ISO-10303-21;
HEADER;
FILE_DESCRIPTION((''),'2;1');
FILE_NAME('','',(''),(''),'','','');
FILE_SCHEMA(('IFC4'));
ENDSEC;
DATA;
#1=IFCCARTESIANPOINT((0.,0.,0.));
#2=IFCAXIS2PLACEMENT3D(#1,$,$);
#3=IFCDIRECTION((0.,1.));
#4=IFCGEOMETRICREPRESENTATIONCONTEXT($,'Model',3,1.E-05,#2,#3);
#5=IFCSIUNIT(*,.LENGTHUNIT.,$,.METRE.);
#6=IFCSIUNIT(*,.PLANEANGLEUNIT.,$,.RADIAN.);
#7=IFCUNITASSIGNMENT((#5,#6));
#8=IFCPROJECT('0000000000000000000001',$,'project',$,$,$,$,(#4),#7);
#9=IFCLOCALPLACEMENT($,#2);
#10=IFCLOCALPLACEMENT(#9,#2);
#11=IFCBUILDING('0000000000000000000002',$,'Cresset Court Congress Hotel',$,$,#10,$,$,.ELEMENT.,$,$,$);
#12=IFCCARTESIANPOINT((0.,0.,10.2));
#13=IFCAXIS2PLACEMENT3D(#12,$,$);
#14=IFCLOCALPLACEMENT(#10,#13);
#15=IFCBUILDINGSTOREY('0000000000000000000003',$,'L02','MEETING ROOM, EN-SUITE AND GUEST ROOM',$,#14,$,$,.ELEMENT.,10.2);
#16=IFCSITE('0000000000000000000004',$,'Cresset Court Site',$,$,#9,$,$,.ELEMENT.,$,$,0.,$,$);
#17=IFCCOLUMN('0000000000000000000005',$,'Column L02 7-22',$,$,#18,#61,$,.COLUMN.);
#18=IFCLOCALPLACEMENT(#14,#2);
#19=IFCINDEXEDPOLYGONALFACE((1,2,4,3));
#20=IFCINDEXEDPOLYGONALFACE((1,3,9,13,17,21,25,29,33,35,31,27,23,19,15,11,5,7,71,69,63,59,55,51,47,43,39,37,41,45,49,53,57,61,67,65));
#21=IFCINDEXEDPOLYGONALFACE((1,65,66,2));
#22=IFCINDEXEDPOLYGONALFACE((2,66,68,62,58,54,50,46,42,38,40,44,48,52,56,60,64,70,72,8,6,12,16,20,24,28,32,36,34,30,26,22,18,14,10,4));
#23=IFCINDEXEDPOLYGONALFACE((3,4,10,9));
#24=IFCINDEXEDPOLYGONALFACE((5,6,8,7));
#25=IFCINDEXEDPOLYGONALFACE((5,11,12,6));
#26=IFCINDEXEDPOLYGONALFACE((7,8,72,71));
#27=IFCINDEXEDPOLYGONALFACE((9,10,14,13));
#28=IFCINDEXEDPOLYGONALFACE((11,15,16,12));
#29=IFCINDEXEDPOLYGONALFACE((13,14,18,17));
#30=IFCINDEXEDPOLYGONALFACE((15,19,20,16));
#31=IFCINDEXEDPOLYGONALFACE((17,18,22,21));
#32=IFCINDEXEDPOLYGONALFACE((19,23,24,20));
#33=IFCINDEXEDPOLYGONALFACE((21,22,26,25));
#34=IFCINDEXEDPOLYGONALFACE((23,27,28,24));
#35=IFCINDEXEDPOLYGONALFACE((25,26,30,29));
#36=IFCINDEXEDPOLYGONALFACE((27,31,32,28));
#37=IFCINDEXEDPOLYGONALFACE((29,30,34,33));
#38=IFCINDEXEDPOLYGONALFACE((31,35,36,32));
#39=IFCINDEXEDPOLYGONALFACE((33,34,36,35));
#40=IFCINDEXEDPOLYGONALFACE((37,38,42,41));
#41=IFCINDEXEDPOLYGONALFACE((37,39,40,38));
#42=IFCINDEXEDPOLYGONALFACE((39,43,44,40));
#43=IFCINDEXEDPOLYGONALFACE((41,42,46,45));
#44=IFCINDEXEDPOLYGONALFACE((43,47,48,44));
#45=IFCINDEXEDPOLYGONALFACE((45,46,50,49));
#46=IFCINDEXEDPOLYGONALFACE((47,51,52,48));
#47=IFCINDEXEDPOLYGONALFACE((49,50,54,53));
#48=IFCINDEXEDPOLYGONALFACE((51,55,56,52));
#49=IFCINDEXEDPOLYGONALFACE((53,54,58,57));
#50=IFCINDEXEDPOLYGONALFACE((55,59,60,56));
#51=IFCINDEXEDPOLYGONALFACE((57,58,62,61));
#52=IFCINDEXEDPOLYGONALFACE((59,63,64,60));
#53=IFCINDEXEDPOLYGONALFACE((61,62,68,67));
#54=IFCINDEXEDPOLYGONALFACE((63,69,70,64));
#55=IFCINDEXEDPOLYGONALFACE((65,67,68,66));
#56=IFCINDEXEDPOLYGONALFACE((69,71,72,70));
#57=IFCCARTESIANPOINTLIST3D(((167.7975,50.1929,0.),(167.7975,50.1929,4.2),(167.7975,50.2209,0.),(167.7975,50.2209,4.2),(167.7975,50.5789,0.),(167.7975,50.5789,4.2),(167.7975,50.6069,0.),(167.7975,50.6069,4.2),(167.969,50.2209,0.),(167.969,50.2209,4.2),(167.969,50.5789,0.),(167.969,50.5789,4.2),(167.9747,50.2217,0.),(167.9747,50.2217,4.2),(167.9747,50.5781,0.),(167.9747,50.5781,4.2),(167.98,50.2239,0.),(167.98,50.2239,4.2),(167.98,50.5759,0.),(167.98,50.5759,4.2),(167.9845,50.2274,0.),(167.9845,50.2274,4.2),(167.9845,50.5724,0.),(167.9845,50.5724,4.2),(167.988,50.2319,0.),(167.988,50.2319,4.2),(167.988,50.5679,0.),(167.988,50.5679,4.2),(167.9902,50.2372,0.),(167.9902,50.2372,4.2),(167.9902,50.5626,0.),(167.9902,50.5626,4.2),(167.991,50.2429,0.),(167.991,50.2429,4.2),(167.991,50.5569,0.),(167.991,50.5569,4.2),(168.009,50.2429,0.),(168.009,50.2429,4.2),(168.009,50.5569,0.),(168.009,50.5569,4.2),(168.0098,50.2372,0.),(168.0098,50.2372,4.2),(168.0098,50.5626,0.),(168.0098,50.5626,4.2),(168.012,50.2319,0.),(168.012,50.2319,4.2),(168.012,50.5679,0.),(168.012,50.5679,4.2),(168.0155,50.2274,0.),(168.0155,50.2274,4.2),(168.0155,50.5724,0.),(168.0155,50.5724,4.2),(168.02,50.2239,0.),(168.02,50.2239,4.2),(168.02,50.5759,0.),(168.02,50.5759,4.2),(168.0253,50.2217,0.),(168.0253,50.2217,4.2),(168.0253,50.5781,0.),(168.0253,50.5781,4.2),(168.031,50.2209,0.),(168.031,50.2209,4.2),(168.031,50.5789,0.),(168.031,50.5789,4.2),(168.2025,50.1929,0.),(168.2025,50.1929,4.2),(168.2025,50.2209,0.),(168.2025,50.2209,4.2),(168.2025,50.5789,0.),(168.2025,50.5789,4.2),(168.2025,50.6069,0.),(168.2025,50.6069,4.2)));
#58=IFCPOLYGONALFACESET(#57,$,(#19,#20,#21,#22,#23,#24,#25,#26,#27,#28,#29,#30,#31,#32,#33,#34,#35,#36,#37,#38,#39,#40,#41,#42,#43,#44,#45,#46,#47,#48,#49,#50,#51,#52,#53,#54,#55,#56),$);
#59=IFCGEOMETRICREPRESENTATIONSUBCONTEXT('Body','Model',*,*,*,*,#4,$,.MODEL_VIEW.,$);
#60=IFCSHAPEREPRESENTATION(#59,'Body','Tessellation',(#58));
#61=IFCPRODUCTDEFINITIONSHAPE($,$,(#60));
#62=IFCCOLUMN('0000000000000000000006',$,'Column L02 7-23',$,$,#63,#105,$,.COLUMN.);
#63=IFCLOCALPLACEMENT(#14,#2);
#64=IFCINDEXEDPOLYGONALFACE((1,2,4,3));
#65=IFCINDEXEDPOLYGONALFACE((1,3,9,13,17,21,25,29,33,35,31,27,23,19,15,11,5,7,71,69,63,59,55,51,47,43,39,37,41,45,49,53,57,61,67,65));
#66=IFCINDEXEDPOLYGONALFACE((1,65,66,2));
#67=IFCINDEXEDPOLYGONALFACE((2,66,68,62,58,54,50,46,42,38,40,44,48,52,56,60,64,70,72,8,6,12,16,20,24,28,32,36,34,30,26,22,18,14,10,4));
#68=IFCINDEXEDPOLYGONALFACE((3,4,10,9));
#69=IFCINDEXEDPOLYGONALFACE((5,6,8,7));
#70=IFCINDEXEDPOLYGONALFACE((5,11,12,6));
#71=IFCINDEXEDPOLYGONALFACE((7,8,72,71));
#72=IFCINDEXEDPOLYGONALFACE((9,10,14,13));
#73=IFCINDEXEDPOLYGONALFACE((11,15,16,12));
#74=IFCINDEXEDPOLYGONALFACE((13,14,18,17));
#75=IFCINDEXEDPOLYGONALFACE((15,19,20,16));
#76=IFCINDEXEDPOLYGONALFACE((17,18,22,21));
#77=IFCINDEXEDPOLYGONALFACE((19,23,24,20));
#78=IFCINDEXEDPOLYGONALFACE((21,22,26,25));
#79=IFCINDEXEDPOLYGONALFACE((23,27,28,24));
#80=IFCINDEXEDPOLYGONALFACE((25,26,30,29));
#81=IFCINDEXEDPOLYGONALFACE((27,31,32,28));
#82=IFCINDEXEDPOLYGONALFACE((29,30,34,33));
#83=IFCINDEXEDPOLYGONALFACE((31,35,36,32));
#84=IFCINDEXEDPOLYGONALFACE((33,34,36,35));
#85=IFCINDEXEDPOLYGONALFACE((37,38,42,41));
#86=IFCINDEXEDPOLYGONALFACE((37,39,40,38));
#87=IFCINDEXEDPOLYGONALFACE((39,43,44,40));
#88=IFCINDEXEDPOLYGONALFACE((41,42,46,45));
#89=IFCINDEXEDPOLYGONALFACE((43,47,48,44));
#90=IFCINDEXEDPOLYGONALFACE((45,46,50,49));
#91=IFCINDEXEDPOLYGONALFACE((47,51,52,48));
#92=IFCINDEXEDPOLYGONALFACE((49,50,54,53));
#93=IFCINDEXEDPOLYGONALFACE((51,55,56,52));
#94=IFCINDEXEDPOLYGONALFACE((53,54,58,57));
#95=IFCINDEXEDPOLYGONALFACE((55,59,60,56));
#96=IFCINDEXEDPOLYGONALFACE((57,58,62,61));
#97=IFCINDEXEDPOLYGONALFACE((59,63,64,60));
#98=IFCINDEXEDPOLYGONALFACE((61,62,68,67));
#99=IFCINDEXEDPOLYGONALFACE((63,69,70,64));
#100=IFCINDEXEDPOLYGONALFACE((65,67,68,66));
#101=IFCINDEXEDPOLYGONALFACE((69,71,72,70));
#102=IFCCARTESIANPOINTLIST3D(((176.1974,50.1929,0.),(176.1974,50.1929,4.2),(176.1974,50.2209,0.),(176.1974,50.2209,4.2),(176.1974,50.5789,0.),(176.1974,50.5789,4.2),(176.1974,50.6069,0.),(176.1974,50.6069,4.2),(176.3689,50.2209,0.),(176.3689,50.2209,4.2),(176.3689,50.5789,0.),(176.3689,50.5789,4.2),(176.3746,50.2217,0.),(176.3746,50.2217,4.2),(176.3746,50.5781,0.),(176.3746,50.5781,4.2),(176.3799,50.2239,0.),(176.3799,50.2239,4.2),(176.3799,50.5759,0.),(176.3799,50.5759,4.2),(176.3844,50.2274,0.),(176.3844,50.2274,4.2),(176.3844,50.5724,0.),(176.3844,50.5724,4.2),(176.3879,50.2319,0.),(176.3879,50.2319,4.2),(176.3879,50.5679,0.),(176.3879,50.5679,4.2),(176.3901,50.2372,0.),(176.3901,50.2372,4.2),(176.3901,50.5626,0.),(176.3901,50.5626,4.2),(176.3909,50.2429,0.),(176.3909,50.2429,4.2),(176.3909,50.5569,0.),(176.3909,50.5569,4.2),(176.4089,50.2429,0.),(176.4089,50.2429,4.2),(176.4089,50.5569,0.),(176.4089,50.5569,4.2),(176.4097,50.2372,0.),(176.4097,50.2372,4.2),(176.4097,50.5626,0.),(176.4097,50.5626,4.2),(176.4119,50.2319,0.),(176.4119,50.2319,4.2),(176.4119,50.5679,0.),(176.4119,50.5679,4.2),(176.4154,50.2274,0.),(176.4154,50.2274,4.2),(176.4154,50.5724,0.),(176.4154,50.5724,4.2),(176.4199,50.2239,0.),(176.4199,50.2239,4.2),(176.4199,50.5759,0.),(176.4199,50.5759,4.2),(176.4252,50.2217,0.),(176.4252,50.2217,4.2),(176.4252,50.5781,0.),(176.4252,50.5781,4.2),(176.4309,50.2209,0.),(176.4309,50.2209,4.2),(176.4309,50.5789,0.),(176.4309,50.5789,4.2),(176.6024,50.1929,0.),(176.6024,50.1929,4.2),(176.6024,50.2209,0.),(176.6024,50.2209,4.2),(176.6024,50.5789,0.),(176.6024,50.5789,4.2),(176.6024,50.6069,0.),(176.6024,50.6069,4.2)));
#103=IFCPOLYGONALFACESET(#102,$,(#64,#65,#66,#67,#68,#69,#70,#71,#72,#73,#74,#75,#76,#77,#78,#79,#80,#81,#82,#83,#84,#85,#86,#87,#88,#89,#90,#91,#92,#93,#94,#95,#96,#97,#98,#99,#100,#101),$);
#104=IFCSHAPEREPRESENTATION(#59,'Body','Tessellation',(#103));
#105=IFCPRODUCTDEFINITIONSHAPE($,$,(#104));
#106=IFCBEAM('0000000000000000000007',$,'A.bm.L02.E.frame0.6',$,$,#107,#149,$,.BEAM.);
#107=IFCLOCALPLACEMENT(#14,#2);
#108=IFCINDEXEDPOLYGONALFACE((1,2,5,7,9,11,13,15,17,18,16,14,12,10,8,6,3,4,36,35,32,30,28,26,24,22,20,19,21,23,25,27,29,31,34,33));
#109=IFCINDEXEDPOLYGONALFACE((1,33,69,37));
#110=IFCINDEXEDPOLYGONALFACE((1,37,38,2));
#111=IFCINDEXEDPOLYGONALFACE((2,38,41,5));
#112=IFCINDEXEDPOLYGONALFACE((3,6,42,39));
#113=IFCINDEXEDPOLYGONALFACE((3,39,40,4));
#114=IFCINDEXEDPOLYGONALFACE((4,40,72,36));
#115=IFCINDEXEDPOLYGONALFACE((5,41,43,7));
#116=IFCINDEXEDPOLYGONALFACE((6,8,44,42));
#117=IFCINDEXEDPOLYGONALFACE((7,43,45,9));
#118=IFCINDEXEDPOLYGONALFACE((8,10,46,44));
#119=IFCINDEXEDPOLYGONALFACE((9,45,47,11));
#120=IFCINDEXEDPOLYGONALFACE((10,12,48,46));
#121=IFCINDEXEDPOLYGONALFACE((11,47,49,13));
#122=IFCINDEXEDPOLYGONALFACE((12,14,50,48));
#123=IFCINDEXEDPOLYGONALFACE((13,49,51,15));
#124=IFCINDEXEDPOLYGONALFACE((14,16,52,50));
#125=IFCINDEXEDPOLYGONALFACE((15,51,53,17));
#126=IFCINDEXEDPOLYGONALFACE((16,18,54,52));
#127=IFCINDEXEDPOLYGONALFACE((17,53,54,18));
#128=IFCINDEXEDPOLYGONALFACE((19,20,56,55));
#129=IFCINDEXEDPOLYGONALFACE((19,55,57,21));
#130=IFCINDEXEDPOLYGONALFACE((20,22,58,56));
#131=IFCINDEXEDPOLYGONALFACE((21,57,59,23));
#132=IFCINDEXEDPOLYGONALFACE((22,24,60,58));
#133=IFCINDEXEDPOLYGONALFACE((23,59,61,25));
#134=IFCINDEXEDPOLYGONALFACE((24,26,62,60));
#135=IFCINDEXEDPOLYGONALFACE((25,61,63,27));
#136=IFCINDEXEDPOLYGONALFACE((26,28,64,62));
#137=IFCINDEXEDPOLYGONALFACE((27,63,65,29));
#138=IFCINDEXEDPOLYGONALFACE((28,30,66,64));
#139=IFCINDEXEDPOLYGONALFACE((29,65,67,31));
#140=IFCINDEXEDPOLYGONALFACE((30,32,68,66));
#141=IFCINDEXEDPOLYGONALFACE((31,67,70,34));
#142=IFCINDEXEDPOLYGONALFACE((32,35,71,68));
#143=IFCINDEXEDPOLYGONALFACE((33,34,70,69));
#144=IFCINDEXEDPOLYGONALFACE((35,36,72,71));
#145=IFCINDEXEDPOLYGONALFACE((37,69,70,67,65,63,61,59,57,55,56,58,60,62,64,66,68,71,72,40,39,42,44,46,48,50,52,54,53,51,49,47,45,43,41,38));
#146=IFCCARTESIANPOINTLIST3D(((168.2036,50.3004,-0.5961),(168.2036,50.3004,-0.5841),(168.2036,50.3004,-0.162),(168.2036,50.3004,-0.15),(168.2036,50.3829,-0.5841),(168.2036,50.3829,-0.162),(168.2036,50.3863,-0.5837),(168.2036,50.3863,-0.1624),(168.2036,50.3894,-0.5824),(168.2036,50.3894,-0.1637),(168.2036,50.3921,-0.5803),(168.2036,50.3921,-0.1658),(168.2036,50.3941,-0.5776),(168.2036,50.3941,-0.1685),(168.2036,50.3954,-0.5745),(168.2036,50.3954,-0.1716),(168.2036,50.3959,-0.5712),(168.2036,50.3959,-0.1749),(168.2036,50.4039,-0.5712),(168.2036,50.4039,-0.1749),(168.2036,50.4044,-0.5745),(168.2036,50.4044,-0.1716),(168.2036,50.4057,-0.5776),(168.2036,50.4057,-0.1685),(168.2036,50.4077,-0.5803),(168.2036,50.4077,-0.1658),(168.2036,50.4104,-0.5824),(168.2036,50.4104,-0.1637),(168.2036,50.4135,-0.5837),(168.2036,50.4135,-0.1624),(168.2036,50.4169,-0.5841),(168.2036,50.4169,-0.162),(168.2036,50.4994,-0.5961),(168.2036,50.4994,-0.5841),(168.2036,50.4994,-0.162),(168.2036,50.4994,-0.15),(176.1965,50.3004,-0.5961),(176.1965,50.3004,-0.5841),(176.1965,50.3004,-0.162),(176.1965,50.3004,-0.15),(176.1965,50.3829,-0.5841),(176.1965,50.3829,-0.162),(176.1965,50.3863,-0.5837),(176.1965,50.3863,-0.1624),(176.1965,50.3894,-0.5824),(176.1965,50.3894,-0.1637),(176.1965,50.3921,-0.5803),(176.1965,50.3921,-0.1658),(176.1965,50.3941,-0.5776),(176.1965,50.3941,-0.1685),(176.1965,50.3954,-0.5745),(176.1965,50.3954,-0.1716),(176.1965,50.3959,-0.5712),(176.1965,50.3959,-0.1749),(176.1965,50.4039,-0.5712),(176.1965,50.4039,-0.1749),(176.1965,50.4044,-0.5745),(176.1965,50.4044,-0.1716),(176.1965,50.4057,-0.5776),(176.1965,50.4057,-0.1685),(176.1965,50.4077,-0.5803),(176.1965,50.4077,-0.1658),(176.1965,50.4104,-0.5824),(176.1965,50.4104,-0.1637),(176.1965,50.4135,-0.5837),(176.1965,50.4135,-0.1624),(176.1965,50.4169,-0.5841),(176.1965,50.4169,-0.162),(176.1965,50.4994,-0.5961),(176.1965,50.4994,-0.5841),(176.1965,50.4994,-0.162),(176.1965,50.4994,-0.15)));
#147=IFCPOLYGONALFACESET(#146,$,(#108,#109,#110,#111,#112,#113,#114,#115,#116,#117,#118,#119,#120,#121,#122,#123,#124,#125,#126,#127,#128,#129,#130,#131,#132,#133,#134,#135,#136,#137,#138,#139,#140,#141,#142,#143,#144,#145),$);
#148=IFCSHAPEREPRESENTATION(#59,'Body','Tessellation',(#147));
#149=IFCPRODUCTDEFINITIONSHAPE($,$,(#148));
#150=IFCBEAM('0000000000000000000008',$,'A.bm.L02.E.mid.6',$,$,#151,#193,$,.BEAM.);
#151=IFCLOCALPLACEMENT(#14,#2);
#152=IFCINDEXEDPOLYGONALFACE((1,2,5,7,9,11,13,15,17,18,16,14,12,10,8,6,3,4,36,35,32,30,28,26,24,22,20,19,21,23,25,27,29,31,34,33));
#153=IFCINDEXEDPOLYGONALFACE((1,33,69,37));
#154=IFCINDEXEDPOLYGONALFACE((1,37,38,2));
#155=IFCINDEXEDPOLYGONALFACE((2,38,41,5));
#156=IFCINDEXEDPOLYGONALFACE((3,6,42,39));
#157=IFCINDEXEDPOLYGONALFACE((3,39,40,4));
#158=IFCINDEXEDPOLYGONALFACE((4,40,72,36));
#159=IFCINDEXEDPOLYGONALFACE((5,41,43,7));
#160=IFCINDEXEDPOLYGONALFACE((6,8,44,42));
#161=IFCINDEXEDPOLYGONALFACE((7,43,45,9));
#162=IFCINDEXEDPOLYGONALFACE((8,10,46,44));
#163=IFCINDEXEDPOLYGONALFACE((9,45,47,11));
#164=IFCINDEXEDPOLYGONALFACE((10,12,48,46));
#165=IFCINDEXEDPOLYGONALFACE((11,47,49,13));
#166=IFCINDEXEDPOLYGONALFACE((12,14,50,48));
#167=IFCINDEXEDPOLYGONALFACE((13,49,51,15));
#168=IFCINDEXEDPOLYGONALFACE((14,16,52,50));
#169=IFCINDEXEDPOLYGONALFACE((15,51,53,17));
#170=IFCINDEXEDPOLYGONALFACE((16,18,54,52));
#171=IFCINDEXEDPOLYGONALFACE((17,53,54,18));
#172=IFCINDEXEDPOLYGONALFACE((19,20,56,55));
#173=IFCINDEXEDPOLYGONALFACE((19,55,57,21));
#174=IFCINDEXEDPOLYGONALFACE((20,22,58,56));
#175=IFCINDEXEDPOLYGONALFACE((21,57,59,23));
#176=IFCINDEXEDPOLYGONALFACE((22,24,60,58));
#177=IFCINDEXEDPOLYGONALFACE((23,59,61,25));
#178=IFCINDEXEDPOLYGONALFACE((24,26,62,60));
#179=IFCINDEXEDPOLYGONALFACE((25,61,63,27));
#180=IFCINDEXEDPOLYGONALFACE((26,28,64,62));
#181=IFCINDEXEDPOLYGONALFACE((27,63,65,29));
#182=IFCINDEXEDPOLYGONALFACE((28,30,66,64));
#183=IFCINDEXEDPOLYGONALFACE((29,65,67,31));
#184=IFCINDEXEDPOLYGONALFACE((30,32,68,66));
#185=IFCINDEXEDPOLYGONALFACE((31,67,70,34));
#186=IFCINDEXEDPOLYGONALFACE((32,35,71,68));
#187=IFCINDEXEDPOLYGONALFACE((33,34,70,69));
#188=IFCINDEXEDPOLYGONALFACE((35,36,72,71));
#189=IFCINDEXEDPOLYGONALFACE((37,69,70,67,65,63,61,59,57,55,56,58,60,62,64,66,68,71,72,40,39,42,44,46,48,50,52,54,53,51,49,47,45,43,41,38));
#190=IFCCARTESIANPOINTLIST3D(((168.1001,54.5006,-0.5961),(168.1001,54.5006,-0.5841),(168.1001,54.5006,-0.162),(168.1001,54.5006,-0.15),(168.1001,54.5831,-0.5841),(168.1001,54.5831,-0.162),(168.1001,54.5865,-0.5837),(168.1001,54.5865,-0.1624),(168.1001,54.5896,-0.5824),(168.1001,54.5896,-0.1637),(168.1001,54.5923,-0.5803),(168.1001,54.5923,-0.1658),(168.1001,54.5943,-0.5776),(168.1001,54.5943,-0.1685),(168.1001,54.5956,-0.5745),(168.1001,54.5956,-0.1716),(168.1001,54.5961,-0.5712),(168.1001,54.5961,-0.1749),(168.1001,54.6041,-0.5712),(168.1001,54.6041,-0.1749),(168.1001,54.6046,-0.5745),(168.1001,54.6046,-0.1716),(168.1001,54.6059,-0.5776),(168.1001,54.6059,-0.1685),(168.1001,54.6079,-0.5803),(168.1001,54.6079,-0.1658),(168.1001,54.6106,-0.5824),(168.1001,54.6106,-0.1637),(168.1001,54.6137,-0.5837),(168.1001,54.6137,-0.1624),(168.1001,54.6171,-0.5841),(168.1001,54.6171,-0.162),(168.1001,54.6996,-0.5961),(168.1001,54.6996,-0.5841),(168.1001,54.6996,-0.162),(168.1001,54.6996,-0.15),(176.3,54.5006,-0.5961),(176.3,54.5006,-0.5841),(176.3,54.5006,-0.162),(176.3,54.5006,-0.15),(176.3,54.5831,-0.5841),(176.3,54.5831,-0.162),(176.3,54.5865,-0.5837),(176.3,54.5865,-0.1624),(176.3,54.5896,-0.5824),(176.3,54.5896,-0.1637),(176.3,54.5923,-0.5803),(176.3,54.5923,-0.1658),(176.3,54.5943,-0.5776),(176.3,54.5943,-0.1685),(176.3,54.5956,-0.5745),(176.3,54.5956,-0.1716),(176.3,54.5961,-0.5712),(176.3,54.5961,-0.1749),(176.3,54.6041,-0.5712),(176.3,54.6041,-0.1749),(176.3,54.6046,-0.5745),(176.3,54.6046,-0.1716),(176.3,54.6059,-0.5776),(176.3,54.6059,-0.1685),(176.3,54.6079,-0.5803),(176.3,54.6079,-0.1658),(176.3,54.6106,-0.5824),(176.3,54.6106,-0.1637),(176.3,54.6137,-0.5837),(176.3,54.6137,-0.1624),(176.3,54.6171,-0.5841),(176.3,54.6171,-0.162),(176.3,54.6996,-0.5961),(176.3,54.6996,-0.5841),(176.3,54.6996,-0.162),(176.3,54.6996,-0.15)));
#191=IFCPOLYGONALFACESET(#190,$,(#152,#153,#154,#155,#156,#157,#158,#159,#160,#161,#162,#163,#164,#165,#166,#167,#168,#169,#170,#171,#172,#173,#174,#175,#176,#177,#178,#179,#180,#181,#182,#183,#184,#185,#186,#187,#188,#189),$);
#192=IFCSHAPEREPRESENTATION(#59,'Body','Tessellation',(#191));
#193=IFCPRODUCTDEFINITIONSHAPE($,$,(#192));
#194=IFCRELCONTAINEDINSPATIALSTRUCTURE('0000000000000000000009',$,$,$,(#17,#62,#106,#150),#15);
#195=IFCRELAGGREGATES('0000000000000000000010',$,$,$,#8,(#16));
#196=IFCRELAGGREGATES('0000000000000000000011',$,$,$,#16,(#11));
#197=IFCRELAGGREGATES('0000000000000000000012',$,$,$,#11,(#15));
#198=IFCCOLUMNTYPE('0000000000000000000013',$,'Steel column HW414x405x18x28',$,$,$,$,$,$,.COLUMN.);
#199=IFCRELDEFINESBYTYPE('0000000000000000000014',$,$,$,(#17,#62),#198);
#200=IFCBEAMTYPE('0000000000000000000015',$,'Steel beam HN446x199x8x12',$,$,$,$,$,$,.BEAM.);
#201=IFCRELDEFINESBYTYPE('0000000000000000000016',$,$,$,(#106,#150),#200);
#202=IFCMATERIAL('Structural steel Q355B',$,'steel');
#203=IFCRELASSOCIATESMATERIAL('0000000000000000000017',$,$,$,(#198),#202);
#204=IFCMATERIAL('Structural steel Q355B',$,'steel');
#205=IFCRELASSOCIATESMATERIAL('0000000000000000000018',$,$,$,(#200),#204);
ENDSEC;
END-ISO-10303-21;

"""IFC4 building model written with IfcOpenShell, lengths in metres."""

from ifc_helpers import new_model, si_unit, direction, frame, origin, origin_2d, place, context, subcontext, project, spatial, i_section, extrude, material, material_profile, profile_set, type_object, element, save


model = new_model("IFC4")

# Units and contexts
model_context = context("Model", 3, precision=1e-05, world=origin(), true_north=direction((0.0, 1.0)))
body_context = subcontext(model_context, "Body", "Model", "MODEL_VIEW")
ifc_project = project(units=[si_unit("LENGTHUNIT", "METRE"), si_unit("PLANEANGLEUNIT", "RADIAN")], contexts=[model_context])

# Site, building, storey
site_placement = place(None, origin())
site = spatial("IfcSite", under=ifc_project, at=site_placement, Name="Cresset Court Site", CompositionType="ELEMENT", RefElevation=0.0)
building_placement = place(site_placement, origin())
building = spatial("IfcBuilding", under=site, at=building_placement, Name="Cresset Court Congress Hotel", CompositionType="ELEMENT")
storey_placement = place(building_placement, frame((0.0, 0.0, 10.2)))
storey = spatial("IfcBuildingStorey", under=building, at=storey_placement, Name="L02", Description="MEETING ROOM, EN-SUITE AND GUEST ROOM", CompositionType="ELEMENT", Elevation=10.2)

# Columns
ifc_material_1 = material(Name="Structural steel Q355B", Category="steel")
ifc_material_profile_1 = material_profile(ifc_material_1, i_section(OverallWidth=0.405, OverallDepth=0.4141, WebThickness=0.0181, FlangeThickness=0.0281, FilletRadius=0.022, at=origin_2d()), Name="HW414x405x18x28")
ifc_profile_set_1 = profile_set([ifc_material_profile_1], Name="Structural steel Q355B")
column_type = type_object("IfcColumnType", Name="Steel column HW414x405x18x28", PredefinedType="COLUMN", material=ifc_profile_set_1)
for number, where, z_axis, x_axis, name in (
    (1, (168.0, 50.3999, 0.0), (0.0, 0.0, 1.0), (1.0, 0.0, 0.0), "Column L02 7-22"),
    (2, (176.3999, 50.3999, 0.0), (0.0, 0.0, 1.0), (1.0, 0.0, 0.0), "Column L02 7-23"),
):
    element("IfcColumn", number, at=place(storey_placement, frame(where, z_axis=z_axis, x_axis=x_axis)), inside=storey, type_object=column_type, Name=name, PredefinedType="COLUMN", context=body_context, shape_type="SweptSolid", body=[
        extrude(i_section(OverallWidth=0.405, OverallDepth=0.4141, WebThickness=0.0181, FlangeThickness=0.0281, FilletRadius=0.022, at=origin_2d()), origin(), (0.0, 0.0, 1.0), 4.2),
    ])

# Beams
ifc_material_2 = material(Name="Structural steel Q355B", Category="steel")
ifc_material_profile_2 = material_profile(ifc_material_2, i_section(OverallWidth=0.199, OverallDepth=0.446, WebThickness=0.0081, FlangeThickness=0.012, FilletRadius=0.0129, at=origin_2d()), Name="HN446x199x8x12")
ifc_profile_set_2 = profile_set([ifc_material_profile_2], Name="Structural steel Q355B")
beam_type_1 = type_object("IfcBeamType", Name="Steel beam HN446x199x8x12", PredefinedType="BEAM", material=ifc_profile_set_2)
beam_1_placement = place(storey_placement, frame((168.2036, 50.3999, -0.373), z_axis=(1.0, 0.0, 0.0), x_axis=(0.0, 1.0, 0.0)))
element("IfcBeam", 3, at=beam_1_placement, inside=storey, type_object=beam_type_1, Name="A.bm.L02.E.frame0.6", PredefinedType="BEAM", context=body_context, shape_type="SweptSolid", body=[
    extrude(i_section(OverallWidth=0.199, OverallDepth=0.446, WebThickness=0.0081, FlangeThickness=0.012, FilletRadius=0.0129, at=origin_2d()), origin(), (0.0, 0.0, 1.0), 7.9929),
])
beam_2_placement = place(storey_placement, frame((168.1001, 54.6001, -0.373), z_axis=(1.0, 0.0, 0.0), x_axis=(0.0, 1.0, 0.0)))
element("IfcBeam", 4, at=beam_2_placement, inside=storey, type_object=beam_type_1, Name="A.bm.L02.E.mid.6", PredefinedType="BEAM", context=body_context, shape_type="SweptSolid", body=[
    extrude(i_section(OverallWidth=0.199, OverallDepth=0.446, WebThickness=0.0081, FlangeThickness=0.012, FilletRadius=0.0129, at=origin_2d()), origin(), (0.0, 0.0, 1.0), 8.2),
])

save(model, "model.ifc")
